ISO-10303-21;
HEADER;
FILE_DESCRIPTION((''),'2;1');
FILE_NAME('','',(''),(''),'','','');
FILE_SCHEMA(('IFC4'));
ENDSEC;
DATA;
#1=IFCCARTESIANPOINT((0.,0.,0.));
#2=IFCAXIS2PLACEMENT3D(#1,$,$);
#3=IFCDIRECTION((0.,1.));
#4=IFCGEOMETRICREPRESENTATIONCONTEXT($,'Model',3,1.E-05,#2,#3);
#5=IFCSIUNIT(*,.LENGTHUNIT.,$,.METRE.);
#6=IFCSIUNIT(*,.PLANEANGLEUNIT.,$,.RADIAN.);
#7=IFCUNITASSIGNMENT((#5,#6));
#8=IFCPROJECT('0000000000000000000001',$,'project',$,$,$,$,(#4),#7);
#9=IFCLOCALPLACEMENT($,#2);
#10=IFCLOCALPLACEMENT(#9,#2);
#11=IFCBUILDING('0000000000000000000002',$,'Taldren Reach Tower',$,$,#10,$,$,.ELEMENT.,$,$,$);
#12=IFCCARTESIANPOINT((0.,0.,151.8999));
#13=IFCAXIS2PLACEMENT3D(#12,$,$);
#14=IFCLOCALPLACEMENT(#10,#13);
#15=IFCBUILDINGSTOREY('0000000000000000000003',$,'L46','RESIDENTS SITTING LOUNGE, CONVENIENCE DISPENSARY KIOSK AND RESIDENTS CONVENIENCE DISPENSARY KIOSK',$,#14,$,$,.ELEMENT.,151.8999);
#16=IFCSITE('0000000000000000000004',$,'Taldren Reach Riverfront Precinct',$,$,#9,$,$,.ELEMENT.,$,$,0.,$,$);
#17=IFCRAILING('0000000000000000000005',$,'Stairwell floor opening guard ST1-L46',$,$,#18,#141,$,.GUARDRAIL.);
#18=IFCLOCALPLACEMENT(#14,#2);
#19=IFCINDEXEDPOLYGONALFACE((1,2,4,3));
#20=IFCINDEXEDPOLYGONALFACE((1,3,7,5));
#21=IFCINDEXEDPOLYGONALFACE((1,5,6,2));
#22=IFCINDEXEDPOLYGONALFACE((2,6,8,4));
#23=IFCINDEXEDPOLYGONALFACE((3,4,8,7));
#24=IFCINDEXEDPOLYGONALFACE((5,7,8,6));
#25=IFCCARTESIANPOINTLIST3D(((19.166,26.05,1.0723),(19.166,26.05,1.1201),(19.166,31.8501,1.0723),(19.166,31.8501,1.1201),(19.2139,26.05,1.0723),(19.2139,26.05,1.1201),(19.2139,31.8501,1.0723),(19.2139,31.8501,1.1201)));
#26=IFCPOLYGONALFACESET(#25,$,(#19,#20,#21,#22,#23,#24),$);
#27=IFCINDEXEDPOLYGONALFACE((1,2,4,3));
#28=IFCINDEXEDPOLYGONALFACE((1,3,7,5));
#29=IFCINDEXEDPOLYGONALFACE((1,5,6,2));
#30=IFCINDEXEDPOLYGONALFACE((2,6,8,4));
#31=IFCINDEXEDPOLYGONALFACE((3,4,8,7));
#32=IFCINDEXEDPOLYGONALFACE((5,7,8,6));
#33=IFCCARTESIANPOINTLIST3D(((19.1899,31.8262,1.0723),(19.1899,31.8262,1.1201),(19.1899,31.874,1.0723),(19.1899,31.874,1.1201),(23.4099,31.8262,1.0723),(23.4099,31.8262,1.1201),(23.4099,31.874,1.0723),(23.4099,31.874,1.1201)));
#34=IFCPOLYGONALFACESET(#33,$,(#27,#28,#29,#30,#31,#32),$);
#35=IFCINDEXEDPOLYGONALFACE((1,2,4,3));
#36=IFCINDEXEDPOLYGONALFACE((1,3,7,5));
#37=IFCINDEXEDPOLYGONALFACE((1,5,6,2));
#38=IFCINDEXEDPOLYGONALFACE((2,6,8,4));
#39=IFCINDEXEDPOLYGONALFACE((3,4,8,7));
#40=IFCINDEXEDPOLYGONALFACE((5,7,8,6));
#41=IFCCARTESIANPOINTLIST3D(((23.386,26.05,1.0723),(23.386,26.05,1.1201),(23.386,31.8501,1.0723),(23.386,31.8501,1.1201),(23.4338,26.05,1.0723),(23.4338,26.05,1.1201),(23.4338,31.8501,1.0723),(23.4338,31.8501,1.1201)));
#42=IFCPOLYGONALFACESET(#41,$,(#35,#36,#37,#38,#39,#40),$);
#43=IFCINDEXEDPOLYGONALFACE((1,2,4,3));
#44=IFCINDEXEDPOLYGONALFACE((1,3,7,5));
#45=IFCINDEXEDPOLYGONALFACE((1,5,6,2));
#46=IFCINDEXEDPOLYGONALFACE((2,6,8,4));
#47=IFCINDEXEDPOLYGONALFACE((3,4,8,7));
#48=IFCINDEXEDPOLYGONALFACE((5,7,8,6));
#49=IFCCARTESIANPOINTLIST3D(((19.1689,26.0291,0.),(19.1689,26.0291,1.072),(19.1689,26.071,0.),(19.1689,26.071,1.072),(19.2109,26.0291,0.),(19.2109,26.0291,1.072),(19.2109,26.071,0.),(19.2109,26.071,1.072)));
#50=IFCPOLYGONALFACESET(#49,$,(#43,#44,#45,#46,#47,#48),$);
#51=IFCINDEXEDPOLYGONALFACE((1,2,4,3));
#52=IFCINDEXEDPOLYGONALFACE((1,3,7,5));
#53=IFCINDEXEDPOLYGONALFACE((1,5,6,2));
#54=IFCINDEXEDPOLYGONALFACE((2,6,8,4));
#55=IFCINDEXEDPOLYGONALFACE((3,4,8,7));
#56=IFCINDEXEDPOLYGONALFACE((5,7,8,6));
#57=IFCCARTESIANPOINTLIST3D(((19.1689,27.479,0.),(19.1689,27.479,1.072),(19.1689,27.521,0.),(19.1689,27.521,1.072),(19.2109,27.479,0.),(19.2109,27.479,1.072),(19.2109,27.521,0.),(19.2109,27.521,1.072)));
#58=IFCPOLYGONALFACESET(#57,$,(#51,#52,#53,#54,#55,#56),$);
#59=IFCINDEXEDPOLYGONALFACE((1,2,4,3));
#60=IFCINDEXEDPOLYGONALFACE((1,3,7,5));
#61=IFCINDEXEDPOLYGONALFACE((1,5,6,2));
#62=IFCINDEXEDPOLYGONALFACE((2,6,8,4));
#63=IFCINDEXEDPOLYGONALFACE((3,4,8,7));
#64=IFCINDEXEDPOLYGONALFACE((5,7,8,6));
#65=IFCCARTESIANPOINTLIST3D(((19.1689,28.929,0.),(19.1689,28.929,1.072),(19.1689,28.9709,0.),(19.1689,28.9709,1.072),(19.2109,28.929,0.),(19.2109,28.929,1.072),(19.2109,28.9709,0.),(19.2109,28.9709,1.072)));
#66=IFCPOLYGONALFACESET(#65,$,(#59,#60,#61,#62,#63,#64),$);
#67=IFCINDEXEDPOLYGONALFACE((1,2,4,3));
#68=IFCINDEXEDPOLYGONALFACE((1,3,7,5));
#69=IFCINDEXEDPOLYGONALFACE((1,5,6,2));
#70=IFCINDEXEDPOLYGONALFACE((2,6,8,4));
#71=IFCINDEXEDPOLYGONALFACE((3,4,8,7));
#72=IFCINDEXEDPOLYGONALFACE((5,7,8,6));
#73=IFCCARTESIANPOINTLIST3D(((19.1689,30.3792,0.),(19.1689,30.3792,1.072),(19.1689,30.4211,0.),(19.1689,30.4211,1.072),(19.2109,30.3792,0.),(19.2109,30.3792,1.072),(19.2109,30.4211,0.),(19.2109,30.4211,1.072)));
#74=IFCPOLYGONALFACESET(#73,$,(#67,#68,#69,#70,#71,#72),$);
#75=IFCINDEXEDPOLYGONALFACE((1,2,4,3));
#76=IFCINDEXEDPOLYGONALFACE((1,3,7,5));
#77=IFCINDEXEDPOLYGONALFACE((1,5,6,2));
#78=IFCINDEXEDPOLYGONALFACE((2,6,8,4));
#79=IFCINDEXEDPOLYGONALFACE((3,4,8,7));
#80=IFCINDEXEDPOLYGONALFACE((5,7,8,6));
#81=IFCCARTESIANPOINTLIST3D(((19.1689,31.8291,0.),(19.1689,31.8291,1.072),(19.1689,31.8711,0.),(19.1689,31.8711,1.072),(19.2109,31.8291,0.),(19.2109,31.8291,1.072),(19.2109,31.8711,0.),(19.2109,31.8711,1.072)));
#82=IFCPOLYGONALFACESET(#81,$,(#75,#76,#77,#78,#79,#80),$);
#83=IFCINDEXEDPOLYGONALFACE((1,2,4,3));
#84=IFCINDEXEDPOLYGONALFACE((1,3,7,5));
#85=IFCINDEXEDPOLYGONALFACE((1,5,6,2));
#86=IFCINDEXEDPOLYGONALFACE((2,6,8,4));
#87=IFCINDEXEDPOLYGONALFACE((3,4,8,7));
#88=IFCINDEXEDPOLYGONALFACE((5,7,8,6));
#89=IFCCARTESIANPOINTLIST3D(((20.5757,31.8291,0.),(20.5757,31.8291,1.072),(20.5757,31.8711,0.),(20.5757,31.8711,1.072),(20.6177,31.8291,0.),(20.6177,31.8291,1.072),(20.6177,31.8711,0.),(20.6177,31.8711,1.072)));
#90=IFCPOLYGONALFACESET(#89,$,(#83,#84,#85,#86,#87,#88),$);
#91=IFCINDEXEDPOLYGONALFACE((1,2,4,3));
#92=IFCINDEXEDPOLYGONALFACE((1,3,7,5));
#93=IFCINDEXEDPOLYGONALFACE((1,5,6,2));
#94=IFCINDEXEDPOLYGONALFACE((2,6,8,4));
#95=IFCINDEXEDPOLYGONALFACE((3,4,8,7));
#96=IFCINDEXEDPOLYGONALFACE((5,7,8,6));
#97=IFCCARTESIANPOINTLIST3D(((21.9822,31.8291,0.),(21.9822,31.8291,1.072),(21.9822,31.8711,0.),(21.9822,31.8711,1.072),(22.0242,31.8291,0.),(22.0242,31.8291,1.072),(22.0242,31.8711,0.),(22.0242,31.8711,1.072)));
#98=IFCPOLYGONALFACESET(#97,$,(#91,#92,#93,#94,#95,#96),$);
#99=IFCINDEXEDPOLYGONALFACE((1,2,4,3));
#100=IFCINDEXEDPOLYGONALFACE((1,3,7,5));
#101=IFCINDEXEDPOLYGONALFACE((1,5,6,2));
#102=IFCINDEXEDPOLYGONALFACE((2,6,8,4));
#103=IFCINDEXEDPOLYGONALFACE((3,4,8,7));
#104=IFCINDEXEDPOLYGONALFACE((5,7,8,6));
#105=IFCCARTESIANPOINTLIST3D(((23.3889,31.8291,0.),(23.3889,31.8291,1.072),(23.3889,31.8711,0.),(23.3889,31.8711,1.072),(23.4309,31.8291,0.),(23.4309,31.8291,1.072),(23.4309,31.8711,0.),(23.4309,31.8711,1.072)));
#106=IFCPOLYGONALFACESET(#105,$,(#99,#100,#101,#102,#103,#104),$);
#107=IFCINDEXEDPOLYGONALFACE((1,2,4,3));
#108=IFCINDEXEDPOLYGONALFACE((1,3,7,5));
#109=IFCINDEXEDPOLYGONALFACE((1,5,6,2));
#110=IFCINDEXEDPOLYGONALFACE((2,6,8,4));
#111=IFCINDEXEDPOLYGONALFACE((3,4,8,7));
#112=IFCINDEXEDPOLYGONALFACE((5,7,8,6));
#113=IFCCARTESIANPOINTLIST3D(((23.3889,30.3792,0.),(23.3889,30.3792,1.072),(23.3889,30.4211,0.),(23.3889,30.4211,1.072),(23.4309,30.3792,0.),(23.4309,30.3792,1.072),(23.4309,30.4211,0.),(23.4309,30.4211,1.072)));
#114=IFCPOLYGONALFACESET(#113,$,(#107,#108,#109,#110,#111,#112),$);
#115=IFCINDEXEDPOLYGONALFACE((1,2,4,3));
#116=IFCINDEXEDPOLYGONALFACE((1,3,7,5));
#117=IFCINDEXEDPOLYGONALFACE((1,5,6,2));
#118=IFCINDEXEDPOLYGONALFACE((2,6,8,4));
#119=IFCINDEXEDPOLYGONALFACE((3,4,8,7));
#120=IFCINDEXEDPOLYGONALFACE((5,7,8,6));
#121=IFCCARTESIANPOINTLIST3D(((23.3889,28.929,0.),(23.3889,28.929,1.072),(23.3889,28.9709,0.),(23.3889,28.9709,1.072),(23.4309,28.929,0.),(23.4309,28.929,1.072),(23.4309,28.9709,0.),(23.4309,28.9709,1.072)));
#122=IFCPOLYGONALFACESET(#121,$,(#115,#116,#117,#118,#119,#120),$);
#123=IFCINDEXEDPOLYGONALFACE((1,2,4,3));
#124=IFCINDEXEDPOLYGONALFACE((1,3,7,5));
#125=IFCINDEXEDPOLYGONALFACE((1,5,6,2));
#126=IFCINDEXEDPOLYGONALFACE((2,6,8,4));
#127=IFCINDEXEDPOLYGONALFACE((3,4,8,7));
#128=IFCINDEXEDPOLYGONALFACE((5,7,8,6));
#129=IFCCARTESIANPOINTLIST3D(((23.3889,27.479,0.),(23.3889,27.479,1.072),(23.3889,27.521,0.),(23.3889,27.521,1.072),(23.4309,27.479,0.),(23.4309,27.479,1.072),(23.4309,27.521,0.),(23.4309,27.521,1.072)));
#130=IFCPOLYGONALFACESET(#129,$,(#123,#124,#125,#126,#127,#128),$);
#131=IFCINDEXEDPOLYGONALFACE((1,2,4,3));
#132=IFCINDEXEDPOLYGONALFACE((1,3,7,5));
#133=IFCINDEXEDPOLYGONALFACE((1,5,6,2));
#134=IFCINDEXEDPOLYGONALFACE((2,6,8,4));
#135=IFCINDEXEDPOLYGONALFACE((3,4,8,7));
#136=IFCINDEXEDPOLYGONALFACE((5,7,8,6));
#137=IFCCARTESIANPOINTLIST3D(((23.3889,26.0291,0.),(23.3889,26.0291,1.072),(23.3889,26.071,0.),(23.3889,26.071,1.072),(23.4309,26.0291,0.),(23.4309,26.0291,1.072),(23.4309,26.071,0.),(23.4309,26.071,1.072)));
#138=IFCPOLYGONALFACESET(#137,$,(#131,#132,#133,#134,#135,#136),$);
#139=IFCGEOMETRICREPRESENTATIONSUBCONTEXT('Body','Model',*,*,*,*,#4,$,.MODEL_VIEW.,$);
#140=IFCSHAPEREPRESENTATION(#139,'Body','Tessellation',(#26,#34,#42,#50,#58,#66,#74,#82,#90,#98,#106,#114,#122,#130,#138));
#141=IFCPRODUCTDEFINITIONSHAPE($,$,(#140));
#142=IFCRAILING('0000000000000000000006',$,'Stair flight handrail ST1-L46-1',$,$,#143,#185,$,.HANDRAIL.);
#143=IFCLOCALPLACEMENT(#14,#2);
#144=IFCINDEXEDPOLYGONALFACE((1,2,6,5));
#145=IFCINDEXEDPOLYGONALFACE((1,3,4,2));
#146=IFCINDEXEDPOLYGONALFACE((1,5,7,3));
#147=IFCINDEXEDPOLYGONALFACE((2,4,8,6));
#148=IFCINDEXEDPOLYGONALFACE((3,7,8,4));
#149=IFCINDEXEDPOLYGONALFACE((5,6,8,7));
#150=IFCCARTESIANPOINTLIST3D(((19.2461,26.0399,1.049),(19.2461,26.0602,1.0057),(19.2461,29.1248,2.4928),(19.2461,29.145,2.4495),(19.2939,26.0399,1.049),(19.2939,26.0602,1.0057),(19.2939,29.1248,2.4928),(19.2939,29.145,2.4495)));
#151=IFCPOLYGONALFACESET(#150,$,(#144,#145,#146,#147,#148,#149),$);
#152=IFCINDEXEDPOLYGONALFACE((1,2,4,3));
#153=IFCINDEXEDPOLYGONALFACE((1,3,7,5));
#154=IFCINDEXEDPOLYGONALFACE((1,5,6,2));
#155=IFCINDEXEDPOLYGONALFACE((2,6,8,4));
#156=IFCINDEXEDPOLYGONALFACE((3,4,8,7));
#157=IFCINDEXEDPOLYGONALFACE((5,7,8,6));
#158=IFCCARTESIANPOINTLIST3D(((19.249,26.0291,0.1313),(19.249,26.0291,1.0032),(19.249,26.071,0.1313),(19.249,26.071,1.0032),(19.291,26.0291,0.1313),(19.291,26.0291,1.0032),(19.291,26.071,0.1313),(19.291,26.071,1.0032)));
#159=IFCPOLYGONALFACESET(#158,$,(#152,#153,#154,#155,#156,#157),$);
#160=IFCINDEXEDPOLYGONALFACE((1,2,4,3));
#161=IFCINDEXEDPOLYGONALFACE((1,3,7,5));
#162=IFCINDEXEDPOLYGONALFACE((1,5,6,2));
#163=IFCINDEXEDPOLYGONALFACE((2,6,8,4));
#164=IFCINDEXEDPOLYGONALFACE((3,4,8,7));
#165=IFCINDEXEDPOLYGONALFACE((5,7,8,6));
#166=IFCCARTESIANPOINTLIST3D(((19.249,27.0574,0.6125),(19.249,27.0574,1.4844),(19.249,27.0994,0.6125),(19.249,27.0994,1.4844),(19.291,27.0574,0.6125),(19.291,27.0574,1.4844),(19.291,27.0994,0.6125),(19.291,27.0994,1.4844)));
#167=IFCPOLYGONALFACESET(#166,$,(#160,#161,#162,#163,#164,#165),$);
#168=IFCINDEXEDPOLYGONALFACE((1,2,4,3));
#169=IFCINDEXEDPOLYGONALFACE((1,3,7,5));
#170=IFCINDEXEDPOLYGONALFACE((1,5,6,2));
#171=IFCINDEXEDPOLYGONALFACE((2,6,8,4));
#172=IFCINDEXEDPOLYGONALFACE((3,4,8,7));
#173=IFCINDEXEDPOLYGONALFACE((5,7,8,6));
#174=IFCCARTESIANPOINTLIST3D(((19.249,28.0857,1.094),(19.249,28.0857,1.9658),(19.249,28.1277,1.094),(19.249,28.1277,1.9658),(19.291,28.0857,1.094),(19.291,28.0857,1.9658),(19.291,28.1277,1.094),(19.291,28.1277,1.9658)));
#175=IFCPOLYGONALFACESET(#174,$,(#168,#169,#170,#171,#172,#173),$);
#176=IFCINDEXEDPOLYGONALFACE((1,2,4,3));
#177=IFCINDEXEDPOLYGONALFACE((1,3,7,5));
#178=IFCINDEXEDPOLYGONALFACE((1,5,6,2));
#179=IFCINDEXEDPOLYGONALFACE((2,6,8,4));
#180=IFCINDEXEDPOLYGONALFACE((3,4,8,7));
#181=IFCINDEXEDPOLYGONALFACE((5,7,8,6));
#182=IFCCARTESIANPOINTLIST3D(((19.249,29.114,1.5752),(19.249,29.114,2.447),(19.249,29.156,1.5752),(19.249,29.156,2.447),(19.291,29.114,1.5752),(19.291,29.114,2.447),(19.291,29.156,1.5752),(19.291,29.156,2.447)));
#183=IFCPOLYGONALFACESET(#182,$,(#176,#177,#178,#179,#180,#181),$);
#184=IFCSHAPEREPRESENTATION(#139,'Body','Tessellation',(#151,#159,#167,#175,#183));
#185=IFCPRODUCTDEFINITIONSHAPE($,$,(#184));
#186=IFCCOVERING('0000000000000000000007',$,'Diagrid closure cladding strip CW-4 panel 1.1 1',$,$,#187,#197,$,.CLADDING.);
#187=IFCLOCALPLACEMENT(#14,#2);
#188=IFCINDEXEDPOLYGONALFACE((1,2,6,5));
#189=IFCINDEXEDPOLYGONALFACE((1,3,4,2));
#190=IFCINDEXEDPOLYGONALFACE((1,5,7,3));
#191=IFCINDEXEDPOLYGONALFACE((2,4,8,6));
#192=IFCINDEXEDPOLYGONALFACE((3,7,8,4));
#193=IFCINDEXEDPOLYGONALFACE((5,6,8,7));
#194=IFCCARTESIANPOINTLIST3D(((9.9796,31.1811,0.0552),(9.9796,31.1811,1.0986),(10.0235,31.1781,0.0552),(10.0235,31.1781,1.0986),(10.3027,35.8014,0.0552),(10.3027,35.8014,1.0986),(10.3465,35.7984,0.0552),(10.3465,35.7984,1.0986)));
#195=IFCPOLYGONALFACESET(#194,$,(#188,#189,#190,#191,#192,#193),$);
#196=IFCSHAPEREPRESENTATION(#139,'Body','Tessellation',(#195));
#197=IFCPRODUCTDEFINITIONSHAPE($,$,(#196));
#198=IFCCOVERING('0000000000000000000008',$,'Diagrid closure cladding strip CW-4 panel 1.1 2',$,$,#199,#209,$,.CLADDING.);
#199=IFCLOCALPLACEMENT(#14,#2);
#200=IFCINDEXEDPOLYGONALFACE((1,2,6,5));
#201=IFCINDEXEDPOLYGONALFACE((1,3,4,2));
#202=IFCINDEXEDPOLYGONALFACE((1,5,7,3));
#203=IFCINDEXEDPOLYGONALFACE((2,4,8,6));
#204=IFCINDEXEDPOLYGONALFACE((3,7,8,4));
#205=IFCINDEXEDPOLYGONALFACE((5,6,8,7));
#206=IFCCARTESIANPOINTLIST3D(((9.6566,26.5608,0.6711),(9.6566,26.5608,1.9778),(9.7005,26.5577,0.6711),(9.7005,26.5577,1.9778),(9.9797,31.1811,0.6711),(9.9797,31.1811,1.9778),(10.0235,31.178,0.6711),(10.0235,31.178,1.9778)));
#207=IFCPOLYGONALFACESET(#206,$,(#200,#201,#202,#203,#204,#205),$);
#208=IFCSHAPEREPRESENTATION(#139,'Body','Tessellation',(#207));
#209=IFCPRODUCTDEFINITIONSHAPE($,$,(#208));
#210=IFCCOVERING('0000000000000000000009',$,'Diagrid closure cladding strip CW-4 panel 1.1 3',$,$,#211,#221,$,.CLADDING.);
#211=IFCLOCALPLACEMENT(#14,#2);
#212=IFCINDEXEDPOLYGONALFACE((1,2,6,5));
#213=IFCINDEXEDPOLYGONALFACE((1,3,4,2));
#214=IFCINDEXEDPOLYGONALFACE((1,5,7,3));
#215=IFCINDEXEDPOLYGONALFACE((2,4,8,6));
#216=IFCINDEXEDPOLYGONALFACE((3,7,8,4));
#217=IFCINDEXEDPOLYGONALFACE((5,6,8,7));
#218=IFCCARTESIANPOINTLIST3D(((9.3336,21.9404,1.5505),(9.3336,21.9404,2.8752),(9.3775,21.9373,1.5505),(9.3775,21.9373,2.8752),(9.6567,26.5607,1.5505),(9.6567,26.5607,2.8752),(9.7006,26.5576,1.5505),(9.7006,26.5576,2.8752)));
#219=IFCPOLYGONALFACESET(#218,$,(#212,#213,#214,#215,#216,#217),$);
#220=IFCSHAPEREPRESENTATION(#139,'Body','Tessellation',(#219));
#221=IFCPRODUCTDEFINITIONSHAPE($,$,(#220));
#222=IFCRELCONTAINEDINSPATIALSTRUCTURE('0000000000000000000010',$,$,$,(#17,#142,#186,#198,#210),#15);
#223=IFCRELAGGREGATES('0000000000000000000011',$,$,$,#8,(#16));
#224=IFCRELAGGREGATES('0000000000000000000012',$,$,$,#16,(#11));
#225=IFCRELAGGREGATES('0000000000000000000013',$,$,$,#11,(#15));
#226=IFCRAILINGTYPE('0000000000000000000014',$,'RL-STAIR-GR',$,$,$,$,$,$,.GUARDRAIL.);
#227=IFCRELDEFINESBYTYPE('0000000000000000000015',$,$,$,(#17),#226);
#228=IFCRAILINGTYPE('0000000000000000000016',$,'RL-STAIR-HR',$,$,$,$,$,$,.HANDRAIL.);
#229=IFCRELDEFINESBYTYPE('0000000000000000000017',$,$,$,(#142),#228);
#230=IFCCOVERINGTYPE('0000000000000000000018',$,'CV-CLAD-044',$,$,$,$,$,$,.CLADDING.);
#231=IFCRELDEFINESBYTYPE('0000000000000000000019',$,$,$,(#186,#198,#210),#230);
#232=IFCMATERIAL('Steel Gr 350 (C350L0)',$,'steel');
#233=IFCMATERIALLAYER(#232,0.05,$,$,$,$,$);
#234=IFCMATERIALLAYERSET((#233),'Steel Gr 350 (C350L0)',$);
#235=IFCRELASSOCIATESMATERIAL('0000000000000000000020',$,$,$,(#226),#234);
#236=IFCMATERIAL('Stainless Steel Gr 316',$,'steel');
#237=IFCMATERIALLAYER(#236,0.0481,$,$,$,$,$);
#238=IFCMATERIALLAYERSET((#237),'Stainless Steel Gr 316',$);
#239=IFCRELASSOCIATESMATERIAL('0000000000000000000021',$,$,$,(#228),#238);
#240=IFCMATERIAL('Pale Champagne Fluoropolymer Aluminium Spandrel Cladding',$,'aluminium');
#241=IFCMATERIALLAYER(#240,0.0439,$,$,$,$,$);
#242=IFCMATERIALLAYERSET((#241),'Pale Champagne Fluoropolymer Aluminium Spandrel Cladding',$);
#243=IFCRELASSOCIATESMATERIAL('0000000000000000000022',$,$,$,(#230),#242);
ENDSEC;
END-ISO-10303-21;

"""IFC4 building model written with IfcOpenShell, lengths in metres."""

from ifc_helpers import new_model, si_unit, direction, frame, origin, origin_2d, place, context, subcontext, project, spatial, rectangle, extrude, source, transform, mapped, material, layer, layer_set, type_object, element, save


model = new_model("IFC4")

# Units and contexts
model_context = context("Model", 3, precision=1e-05, world=origin(), true_north=direction((0.0, 1.0)))
body_context = subcontext(model_context, "Body", "Model", "MODEL_VIEW")
ifc_project = project(units=[si_unit("LENGTHUNIT", "METRE"), si_unit("PLANEANGLEUNIT", "RADIAN")], contexts=[model_context])

# Site, building, storey
site_placement = place(None, origin())
site = spatial("IfcSite", under=ifc_project, at=site_placement, Name="Taldren Reach Riverfront Precinct", CompositionType="ELEMENT", RefElevation=0.0)
building_placement = place(site_placement, origin())
building = spatial("IfcBuilding", under=site, at=building_placement, Name="Taldren Reach Tower", CompositionType="ELEMENT")
storey_placement = place(building_placement, frame((0.0, 0.0, 151.8999)))
storey = spatial("IfcBuildingStorey", under=building, at=storey_placement, Name="L46", Description="RESIDENTS SITTING LOUNGE, CONVENIENCE DISPENSARY KIOSK AND RESIDENTS CONVENIENCE DISPENSARY KIOSK", CompositionType="ELEMENT", Elevation=151.8999)

# Shared definitions
ifc_material_1 = material(Name="Steel Gr 350 (C350L0)", Category="steel")

# Railings
ifc_layer_1 = layer(ifc_material_1, 0.05)
ifc_layer_set_1 = layer_set([ifc_layer_1], Name="Steel Gr 350 (C350L0)")
railing_type_1 = type_object("IfcRailingType", Name="RL-STAIR-GR", PredefinedType="GUARDRAIL", material=ifc_layer_set_1)
railing_1_placement = place(storey_placement, frame((19.1899, 26.05, 0.0)))
element("IfcRailing", 1, at=railing_1_placement, inside=storey, type_object=railing_type_1, Name="Stairwell floor opening guard ST1-L46", PredefinedType="GUARDRAIL", context=body_context, shape_type="SweptSolid", body=[
    extrude(rectangle(XDim=0.0479, YDim=0.0479, at=origin_2d()), frame((0.0, 0.0, 1.0962), z_axis=(0.0, 1.0, 0.0), x_axis=(-1.0, 0.0, 0.0)), (0.0, 0.0, 1.0), 5.8),
    extrude(rectangle(XDim=0.0479, YDim=0.0479, at=origin_2d()), frame((0.0, 5.8, 1.0962), z_axis=(1.0, 0.0, 0.0), x_axis=(0.0, 1.0, 0.0)), (0.0, 0.0, 1.0), 4.22),
    extrude(rectangle(XDim=0.0479, YDim=0.0479, at=origin_2d()), frame((4.22, 5.8, 1.0962), z_axis=(0.0, -1.0, 0.0), x_axis=(1.0, 0.0, 0.0)), (0.0, 0.0, 1.0), 5.8),
    extrude(rectangle(XDim=0.042, YDim=0.042, at=origin_2d()), origin(), (0.0, 0.0, 1.0), 1.072),
    extrude(rectangle(XDim=0.042, YDim=0.042, at=origin_2d()), frame((0.0, 1.45, 0.0)), (0.0, 0.0, 1.0), 1.072),
    extrude(rectangle(XDim=0.042, YDim=0.042, at=origin_2d()), frame((0.0, 2.8999, 0.0)), (0.0, 0.0, 1.0), 1.072),
    extrude(rectangle(XDim=0.042, YDim=0.042, at=origin_2d()), frame((0.0, 4.3501, 0.0)), (0.0, 0.0, 1.0), 1.072),
    extrude(rectangle(XDim=0.042, YDim=0.042, at=origin_2d()), frame((0.0, 5.8, 0.0)), (0.0, 0.0, 1.0), 1.072),
    extrude(rectangle(XDim=0.042, YDim=0.042, at=origin_2d()), frame((1.4067, 5.8, 0.0)), (0.0, 0.0, 1.0), 1.072),
    extrude(rectangle(XDim=0.042, YDim=0.042, at=origin_2d()), frame((2.8132, 5.8, 0.0)), (0.0, 0.0, 1.0), 1.072),
    extrude(rectangle(XDim=0.042, YDim=0.042, at=origin_2d()), frame((4.22, 5.8, 0.0)), (0.0, 0.0, 1.0), 1.072),
    extrude(rectangle(XDim=0.042, YDim=0.042, at=origin_2d()), frame((4.22, 4.3501, 0.0)), (0.0, 0.0, 1.0), 1.072),
    extrude(rectangle(XDim=0.042, YDim=0.042, at=origin_2d()), frame((4.22, 2.8999, 0.0)), (0.0, 0.0, 1.0), 1.072),
    extrude(rectangle(XDim=0.042, YDim=0.042, at=origin_2d()), frame((4.22, 1.45, 0.0)), (0.0, 0.0, 1.0), 1.072),
    extrude(rectangle(XDim=0.042, YDim=0.042, at=origin_2d()), frame((4.22, 0.0, 0.0)), (0.0, 0.0, 1.0), 1.072),
])
ifc_material_2 = material(Name="Stainless Steel Gr 316", Category="steel")
ifc_layer_2 = layer(ifc_material_2, 0.0481)
ifc_layer_set_2 = layer_set([ifc_layer_2], Name="Stainless Steel Gr 316")
railing_type_2 = type_object("IfcRailingType", Name="RL-STAIR-HR", PredefinedType="HANDRAIL", material=ifc_layer_set_2)
railing_2_placement = place(storey_placement, frame((19.27, 26.05, 0.1313)))
element("IfcRailing", 2, at=railing_2_placement, inside=storey, type_object=railing_type_2, Name="Stair flight handrail ST1-L46-1", PredefinedType="HANDRAIL", context=body_context, shape_type="SweptSolid", body=[
    extrude(rectangle(XDim=0.0479, YDim=0.0479, at=origin_2d()), frame((0.0, 0.0, 0.896), z_axis=(0.0, 0.90571, 0.423898), x_axis=(-1.0, 0.0, 0.0)), (0.0, 0.0, 1.0), 3.406),
    extrude(rectangle(XDim=0.042, YDim=0.042, at=origin_2d()), origin(), (0.0, 0.0, 1.0), 0.8718),
    extrude(rectangle(XDim=0.042, YDim=0.042, at=origin_2d()), frame((0.0, 1.0283, 0.4812)), (0.0, 0.0, 1.0), 0.8718),
    extrude(rectangle(XDim=0.042, YDim=0.042, at=origin_2d()), frame((0.0, 2.0566, 0.9626)), (0.0, 0.0, 1.0), 0.8718),
    extrude(rectangle(XDim=0.042, YDim=0.042, at=origin_2d()), frame((0.0, 3.085, 1.4438)), (0.0, 0.0, 1.0), 0.8718),
])

# Coverings
ifc_material_3 = material(Name="Pale Champagne Fluoropolymer Aluminium Spandrel Cladding", Category="aluminium")
ifc_layer_3 = layer(ifc_material_3, 0.0439)
ifc_layer_set_3 = layer_set([ifc_layer_3], Name="Pale Champagne Fluoropolymer Aluminium Spandrel Cladding")
covering_type = type_object("IfcCoveringType", Name="CV-CLAD-044", PredefinedType="CLADDING", material=ifc_layer_set_3)
shared_shape_1 = source(origin(), body_context, "Body", "SweptSolid", [
    extrude(rectangle(XDim=4.6316, YDim=0.0439, at=origin_2d()), origin(), (0.0, 0.0, 1.0), 1.0435),
])
covering_1_placement = place(storey_placement, frame((10.1631, 33.4897, 0.0552), z_axis=(0.0, 0.0, 1.0), x_axis=(-0.069756, -0.997564, 0.0)))
element("IfcCovering", 3, at=covering_1_placement, inside=storey, type_object=covering_type, Name="Diagrid closure cladding strip CW-4 panel 1.1 1", PredefinedType="CLADDING", context=body_context, shape_type="MappedRepresentation", body=[
    mapped(shared_shape_1, transform((0.0, 0.0, 0.0), scale=1.0)),
])
shared_shape_2 = source(origin(), body_context, "Body", "SweptSolid", [
    extrude(rectangle(XDim=4.6316, YDim=0.0439, at=origin_2d()), origin(), (0.0, 0.0, 1.0), 1.3066),
])
covering_2_placement = place(storey_placement, frame((9.8401, 28.8694, 0.6711), z_axis=(0.0, 0.0, 1.0), x_axis=(-0.069756, -0.997564, 0.0)))
element("IfcCovering", 4, at=covering_2_placement, inside=storey, type_object=covering_type, Name="Diagrid closure cladding strip CW-4 panel 1.1 2", PredefinedType="CLADDING", context=body_context, shape_type="MappedRepresentation", body=[
    mapped(shared_shape_2, transform((0.0, 0.0, 0.0), scale=1.0)),
])
shared_shape_3 = source(origin(), body_context, "Body", "SweptSolid", [
    extrude(rectangle(XDim=4.6316, YDim=0.0439, at=origin_2d()), origin(), (0.0, 0.0, 1.0), 1.3247),
])
covering_3_placement = place(storey_placement, frame((9.5171, 24.249, 1.5505), z_axis=(0.0, 0.0, 1.0), x_axis=(-0.069756, -0.997564, 0.0)))
element("IfcCovering", 5, at=covering_3_placement, inside=storey, type_object=covering_type, Name="Diagrid closure cladding strip CW-4 panel 1.1 3", PredefinedType="CLADDING", context=body_context, shape_type="MappedRepresentation", body=[
    mapped(shared_shape_3, transform((0.0, 0.0, 0.0), scale=1.0)),
])

save(model, "model.ifc")
